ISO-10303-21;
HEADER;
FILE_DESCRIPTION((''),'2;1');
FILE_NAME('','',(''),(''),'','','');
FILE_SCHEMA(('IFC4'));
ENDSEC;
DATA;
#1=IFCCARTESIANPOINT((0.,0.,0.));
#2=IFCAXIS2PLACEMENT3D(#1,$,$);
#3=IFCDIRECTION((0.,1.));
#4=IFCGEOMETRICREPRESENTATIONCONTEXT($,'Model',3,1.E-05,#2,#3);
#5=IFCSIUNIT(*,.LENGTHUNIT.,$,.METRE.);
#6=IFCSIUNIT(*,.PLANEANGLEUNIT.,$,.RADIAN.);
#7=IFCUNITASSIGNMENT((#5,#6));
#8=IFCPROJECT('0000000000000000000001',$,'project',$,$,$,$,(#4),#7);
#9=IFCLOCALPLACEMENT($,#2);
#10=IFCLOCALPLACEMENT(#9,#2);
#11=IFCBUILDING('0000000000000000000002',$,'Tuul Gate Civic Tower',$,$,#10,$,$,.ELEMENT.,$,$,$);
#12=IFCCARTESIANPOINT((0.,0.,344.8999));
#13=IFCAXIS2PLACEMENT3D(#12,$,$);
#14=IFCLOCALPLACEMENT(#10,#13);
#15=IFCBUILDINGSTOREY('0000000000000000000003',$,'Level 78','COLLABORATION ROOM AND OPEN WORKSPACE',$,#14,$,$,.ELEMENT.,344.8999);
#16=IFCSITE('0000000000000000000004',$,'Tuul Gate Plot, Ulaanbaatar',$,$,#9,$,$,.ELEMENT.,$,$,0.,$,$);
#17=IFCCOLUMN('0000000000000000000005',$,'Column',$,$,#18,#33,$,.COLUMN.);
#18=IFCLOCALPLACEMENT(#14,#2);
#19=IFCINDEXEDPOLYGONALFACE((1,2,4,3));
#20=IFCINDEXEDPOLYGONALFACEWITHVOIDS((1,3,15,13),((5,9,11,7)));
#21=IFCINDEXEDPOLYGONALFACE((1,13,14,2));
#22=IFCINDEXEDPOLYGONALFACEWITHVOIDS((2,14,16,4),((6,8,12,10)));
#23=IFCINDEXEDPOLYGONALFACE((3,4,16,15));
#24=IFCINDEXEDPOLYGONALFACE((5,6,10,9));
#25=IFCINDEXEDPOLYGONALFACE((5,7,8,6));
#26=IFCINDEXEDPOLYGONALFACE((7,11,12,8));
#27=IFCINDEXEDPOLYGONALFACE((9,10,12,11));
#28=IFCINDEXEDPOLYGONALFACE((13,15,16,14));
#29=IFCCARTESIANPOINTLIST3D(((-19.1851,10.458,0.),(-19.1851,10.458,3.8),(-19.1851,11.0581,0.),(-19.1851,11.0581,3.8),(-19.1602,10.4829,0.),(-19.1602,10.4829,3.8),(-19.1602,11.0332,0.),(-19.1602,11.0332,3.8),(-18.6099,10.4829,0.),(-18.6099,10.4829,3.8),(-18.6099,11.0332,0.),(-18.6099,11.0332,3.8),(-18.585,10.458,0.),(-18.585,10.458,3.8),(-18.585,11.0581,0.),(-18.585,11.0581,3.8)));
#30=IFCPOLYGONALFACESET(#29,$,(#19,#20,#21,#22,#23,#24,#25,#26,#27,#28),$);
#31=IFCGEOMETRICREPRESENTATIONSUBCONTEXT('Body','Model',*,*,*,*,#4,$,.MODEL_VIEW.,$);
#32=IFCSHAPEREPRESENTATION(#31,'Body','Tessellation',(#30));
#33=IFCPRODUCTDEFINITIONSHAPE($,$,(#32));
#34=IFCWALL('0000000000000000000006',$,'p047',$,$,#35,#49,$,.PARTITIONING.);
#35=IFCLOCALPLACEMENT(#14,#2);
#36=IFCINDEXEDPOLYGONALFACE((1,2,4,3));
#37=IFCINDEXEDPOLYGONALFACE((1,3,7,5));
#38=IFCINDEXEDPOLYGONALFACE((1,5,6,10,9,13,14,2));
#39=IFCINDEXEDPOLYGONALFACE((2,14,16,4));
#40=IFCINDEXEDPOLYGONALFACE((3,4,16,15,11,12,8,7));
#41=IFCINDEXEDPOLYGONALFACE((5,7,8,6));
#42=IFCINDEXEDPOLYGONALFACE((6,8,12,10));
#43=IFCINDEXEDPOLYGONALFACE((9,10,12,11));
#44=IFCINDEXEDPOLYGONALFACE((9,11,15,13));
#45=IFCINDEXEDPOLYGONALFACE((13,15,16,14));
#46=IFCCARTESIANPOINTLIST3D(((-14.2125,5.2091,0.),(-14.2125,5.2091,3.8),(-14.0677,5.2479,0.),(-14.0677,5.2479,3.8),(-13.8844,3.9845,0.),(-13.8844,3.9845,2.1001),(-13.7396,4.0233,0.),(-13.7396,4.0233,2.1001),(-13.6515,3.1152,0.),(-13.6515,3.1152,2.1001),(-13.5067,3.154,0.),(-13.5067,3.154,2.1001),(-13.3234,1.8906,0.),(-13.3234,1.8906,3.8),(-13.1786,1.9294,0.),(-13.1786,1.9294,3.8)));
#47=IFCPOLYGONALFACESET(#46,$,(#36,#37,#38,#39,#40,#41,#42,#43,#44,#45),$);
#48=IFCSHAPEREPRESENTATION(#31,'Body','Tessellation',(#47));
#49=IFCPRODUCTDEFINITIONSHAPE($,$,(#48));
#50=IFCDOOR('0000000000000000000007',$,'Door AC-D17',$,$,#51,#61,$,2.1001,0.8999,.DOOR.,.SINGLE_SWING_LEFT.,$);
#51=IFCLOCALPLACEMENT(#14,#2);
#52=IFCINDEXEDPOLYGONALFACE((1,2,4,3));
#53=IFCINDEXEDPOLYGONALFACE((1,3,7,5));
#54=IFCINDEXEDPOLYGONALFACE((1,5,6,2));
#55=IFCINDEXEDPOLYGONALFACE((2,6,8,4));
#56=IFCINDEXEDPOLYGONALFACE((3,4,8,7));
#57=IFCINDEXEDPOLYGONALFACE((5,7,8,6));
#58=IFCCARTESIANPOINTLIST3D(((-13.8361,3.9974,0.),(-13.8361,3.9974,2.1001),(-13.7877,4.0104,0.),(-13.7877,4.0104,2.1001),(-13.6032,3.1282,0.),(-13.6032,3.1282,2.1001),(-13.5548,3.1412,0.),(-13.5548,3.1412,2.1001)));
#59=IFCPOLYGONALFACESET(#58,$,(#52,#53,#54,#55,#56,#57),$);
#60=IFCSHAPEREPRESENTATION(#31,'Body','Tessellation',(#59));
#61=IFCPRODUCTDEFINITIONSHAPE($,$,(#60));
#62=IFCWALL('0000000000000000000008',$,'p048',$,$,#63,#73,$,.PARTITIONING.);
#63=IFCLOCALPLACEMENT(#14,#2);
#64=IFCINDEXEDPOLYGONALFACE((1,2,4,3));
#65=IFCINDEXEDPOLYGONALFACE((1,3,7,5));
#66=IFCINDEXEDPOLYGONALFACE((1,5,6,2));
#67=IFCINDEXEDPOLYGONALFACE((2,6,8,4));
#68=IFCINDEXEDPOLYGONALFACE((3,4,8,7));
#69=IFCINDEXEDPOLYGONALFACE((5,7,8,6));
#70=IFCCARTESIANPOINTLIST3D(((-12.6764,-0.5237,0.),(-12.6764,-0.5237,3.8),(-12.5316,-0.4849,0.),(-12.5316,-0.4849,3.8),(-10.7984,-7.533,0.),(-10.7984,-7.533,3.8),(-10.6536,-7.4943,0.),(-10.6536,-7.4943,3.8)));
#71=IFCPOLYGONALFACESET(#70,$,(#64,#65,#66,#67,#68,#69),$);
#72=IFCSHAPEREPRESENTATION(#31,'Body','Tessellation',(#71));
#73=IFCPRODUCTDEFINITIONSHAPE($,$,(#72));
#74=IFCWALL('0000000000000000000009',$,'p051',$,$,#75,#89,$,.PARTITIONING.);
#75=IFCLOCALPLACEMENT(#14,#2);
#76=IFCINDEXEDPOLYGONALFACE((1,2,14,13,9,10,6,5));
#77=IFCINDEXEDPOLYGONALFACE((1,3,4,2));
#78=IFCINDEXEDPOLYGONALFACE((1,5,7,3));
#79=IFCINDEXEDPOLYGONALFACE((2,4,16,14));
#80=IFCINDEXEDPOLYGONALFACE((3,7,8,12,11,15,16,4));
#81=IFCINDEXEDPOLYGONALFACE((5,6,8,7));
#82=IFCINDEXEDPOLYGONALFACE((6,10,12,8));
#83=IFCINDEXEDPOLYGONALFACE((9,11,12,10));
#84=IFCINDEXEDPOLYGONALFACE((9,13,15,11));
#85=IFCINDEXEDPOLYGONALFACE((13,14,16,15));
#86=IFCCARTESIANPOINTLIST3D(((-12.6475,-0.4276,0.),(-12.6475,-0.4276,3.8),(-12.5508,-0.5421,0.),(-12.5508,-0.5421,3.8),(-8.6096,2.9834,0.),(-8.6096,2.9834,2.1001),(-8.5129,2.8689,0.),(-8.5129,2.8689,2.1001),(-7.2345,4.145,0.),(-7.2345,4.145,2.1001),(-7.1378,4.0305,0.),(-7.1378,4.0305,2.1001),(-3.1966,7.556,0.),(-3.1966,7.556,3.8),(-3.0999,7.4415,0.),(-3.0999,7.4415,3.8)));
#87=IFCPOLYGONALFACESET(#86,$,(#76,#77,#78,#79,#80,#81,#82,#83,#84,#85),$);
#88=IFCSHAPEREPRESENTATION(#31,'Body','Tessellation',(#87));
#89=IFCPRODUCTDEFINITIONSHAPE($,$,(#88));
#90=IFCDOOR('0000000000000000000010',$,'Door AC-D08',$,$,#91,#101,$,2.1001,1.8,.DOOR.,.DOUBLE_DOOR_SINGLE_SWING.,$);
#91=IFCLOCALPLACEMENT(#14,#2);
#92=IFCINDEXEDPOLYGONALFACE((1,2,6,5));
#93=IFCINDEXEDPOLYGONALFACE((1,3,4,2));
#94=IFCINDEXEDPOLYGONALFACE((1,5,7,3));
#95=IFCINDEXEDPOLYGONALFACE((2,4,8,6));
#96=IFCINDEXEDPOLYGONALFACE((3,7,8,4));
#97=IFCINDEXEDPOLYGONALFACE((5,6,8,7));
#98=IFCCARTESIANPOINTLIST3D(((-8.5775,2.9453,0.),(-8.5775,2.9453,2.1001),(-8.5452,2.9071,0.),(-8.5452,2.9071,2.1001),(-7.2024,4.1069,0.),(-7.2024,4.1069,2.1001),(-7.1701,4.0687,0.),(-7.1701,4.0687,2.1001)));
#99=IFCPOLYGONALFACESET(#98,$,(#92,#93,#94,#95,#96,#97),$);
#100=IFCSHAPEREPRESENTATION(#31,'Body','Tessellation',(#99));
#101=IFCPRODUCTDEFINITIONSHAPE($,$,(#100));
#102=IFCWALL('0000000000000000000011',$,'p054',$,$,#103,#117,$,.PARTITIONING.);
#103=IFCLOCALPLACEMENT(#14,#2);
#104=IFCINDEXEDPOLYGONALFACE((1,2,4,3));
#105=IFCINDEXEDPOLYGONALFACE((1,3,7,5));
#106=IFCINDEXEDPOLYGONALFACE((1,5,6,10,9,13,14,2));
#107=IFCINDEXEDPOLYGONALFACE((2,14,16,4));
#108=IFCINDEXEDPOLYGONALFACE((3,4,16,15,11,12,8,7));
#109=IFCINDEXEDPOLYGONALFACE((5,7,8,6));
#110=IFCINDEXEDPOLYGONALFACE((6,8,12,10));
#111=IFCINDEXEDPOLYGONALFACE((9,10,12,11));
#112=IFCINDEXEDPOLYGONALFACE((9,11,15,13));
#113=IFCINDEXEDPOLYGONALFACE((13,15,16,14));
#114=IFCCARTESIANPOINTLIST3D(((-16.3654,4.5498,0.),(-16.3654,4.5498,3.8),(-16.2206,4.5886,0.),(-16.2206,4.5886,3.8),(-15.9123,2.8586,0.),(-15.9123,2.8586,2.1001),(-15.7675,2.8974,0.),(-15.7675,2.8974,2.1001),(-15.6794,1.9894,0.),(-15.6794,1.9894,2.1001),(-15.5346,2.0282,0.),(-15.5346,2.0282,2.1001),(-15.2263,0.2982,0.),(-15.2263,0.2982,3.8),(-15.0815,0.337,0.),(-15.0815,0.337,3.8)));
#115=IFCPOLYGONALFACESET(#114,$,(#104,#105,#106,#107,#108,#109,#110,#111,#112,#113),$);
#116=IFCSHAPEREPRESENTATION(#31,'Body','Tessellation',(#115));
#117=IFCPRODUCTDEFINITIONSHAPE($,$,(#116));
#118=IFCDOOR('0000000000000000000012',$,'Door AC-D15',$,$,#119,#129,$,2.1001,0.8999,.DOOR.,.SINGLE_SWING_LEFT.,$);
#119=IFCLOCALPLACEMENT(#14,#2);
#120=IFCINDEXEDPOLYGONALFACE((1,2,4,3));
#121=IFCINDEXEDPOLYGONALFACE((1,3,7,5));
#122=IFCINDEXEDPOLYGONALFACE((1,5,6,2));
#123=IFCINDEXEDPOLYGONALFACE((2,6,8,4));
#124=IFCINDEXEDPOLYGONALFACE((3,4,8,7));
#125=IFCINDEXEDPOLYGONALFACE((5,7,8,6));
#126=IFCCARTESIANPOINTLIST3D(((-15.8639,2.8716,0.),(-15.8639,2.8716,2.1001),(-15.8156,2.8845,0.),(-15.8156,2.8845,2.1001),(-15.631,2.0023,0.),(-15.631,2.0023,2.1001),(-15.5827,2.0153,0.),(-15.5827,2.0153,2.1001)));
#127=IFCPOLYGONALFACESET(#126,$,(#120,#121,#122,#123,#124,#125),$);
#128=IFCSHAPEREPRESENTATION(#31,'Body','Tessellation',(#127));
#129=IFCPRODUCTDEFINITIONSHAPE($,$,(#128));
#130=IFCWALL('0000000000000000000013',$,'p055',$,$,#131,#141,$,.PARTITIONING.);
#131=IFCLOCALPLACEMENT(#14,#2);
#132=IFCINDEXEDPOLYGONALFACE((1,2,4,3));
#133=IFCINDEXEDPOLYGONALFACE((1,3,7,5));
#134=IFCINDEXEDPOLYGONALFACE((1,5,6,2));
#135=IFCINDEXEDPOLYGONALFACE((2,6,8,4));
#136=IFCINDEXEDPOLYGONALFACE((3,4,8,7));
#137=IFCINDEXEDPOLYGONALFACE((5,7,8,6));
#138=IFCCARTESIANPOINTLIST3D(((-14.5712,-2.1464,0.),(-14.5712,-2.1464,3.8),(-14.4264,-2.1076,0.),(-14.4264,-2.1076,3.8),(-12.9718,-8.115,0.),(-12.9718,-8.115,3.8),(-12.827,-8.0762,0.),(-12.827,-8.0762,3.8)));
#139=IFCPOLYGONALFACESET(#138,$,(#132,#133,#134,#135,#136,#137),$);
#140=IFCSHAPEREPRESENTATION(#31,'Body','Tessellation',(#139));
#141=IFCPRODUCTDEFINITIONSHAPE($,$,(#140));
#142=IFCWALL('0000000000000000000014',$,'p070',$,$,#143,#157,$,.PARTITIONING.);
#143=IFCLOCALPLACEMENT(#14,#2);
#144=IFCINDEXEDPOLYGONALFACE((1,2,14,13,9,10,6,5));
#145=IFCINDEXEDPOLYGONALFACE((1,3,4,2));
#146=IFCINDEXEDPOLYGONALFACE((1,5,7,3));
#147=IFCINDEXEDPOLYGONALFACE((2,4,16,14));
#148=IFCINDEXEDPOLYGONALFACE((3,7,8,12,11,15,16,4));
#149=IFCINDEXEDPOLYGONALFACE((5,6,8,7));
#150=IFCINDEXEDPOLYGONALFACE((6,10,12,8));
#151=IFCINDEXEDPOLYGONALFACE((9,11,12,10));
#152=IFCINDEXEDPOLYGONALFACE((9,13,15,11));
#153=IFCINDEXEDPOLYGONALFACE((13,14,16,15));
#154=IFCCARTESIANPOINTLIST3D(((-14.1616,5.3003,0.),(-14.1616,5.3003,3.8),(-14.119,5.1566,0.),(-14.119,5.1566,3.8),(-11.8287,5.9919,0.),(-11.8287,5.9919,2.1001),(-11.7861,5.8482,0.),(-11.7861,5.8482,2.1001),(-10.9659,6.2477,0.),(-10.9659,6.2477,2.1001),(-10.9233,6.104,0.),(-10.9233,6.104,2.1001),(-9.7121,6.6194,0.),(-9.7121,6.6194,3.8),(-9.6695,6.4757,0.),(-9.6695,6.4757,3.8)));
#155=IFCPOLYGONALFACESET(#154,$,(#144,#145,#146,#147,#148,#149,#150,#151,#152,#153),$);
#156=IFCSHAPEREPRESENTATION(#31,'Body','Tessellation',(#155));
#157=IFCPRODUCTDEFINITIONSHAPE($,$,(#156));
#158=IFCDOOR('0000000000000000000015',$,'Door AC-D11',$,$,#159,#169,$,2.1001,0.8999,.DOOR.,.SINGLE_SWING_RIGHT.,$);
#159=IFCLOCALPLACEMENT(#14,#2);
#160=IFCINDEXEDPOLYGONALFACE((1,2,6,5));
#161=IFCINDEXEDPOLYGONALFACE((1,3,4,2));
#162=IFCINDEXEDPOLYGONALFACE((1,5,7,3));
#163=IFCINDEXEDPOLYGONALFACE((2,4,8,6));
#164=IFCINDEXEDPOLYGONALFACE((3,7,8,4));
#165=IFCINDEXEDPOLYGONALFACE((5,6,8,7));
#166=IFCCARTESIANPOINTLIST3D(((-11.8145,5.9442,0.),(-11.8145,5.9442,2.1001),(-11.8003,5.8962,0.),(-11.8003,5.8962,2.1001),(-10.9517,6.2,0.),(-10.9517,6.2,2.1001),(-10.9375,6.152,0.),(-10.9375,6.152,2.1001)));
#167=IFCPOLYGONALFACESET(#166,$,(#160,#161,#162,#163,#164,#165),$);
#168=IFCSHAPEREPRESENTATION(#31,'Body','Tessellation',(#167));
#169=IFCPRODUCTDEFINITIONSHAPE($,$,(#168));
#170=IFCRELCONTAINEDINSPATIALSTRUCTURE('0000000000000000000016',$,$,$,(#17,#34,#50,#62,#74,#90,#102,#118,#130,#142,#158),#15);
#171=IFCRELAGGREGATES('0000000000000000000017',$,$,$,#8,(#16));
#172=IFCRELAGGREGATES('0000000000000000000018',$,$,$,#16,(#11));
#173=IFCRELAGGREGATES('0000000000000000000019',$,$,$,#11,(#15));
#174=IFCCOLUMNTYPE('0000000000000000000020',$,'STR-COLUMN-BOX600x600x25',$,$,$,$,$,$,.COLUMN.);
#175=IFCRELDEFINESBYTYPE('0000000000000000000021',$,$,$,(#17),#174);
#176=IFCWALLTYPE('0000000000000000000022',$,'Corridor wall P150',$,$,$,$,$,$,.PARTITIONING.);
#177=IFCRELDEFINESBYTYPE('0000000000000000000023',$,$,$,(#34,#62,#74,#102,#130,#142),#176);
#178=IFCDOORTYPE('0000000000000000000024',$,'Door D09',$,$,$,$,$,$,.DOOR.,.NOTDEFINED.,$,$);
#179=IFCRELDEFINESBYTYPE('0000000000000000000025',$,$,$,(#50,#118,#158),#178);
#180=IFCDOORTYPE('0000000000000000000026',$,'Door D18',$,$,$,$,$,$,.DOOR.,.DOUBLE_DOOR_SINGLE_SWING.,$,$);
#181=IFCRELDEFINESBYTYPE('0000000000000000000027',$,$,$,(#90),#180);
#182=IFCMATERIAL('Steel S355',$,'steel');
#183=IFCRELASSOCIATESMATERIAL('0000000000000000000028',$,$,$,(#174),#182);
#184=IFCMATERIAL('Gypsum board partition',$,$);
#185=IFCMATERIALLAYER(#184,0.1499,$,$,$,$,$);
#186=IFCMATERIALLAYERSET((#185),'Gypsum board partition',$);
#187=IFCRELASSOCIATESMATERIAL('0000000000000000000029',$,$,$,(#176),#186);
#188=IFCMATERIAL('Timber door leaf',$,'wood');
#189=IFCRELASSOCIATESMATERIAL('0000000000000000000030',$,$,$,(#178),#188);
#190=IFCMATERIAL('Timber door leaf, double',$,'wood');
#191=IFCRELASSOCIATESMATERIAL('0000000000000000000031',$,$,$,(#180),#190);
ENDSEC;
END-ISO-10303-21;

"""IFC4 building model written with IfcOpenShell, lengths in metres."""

from ifc_helpers import new_model, si_unit, direction, frame, frame_2d, origin, origin_2d, place, context, subcontext, project, spatial, rectangle, hollow_rectangle, extrude, material, layer, layer_set, material_profile, profile_set, type_object, element, fill, save


model = new_model("IFC4")

# Units and contexts
model_context = context("Model", 3, precision=1e-05, world=origin(), true_north=direction((0.0, 1.0)))
body_context = subcontext(model_context, "Body", "Model", "MODEL_VIEW")
ifc_project = project(units=[si_unit("LENGTHUNIT", "METRE"), si_unit("PLANEANGLEUNIT", "RADIAN")], contexts=[model_context])

# Site, building, storey
site_placement = place(None, origin())
site = spatial("IfcSite", under=ifc_project, at=site_placement, Name="Tuul Gate Plot, Ulaanbaatar", CompositionType="ELEMENT", RefElevation=0.0)
building_placement = place(site_placement, origin())
building = spatial("IfcBuilding", under=site, at=building_placement, Name="Tuul Gate Civic Tower", CompositionType="ELEMENT")
storey_placement = place(building_placement, frame((0.0, 0.0, 344.8999)))
storey = spatial("IfcBuildingStorey", under=building, at=storey_placement, Name="Level 78", Description="COLLABORATION ROOM AND OPEN WORKSPACE", CompositionType="ELEMENT", Elevation=344.8999)

# Column
ifc_material_1 = material(Name="Steel S355", Category="steel")
ifc_material_profile_1 = material_profile(ifc_material_1, hollow_rectangle(XDim=0.6001, YDim=0.6001, WallThickness=0.0249, at=origin_2d()), Name="BOX600x600x25")
ifc_profile_set_1 = profile_set([ifc_material_profile_1], Name="Steel S355")
column_type = type_object("IfcColumnType", Name="STR-COLUMN-BOX600x600x25", PredefinedType="COLUMN", material=ifc_profile_set_1)
column_placement = place(storey_placement, frame((-18.885, 10.7581, 0.0), z_axis=(0.0, 0.0, 1.0), x_axis=(1.0, 0.0, 0.0)))
element("IfcColumn", 1, at=column_placement, inside=storey, type_object=column_type, Name="Column", PredefinedType="COLUMN", context=body_context, shape_type="SweptSolid", body=[
    extrude(hollow_rectangle(XDim=0.6001, YDim=0.6001, WallThickness=0.0249, at=origin_2d()), origin(), (0.0, 0.0, 1.0), 3.8),
])

# Wall, opening, door
ifc_material_2 = material(Name="Gypsum board partition")
ifc_layer_1 = layer(ifc_material_2, 0.1499)
ifc_layer_set_1 = layer_set([ifc_layer_1], Name="Gypsum board partition")
wall_type_1 = type_object("IfcWallType", Name="Corridor wall P150", PredefinedType="PARTITIONING", material=ifc_layer_set_1)
wall_1_placement = place(storey_placement, frame((-14.1401, 5.2285, 0.0), z_axis=(0.0, 0.0, 1.0), x_axis=(0.258804, -0.96593, 0.0)))
wall_1 = element("IfcWall", 2, at=wall_1_placement, inside=storey, type_object=wall_type_1, Name="p047", PredefinedType="PARTITIONING", context=body_context, shape_type="SweptSolid", body=[
    extrude(rectangle(XDim=3.4355, YDim=0.1499, at=frame_2d((1.7178, 0.0))), origin(), (0.0, 0.0, 1.0), 3.8),
])
opening_1_placement = place(wall_1_placement, frame((1.2678, 0.0, 0.0)))
opening_1 = element("IfcOpeningElement", 3, at=opening_1_placement, cuts=wall_1, PredefinedType="OPENING", context=body_context, shape_type="SweptSolid", body=[
    extrude(rectangle(XDim=0.8999, YDim=2.1001, at=frame_2d((0.45, 1.05))), frame((0.0, 0.085, 0.0), z_axis=(0.0, -1.0, 0.0), x_axis=(1.0, 0.0, 0.0)), (0.0, 0.0, 1.0), 0.1699),
])
ifc_material_3 = material(Name="Timber door leaf", Category="wood")
door_type_1 = type_object("IfcDoorType", Name="Door D09", OperationType="NOTDEFINED", PredefinedType="DOOR", material=ifc_material_3)
door_1_placement = place(opening_1_placement, frame((0.8999, 0.0, 0.0), z_axis=(0.0, 0.0, 1.0), x_axis=(-1.0, 0.0, 0.0)))
door_1 = element("IfcDoor", 4, at=door_1_placement, inside=storey, type_object=door_type_1, Name="Door AC-D17", OperationType="SINGLE_SWING_LEFT", OverallHeight=2.1001, OverallWidth=0.8999, PredefinedType="DOOR", context=body_context, shape_type="SweptSolid", body=[
    extrude(rectangle(XDim=0.8999, YDim=2.1001, at=frame_2d((0.45, 1.05))), frame((0.0, 0.0249, 0.0), z_axis=(0.0, -1.0, 0.0), x_axis=(1.0, 0.0, 0.0)), (0.0, 0.0, 1.0), 0.05),
])
fill(opening_1, door_1)

# Wall
wall_2_placement = place(storey_placement, frame((-12.604, -0.5042, 0.0), z_axis=(0.0, 0.0, 1.0), x_axis=(0.258793, -0.965933, 0.0)))
element("IfcWall", 5, at=wall_2_placement, inside=storey, type_object=wall_type_1, Name="p048", PredefinedType="PARTITIONING", context=body_context, shape_type="SweptSolid", body=[
    extrude(rectangle(XDim=7.2566, YDim=0.1499, at=frame_2d((3.6284, 0.0))), origin(), (0.0, 0.0, 1.0), 3.8),
])

# Walls, openings, doors
wall_3_placement = place(storey_placement, frame((-12.5991, -0.4849, 0.0), z_axis=(0.0, 0.0, 1.0), x_axis=(0.763916, 0.645316, 0.0)))
wall_3 = element("IfcWall", 6, at=wall_3_placement, inside=storey, type_object=wall_type_1, Name="p051", PredefinedType="PARTITIONING", context=body_context, shape_type="SweptSolid", body=[
    extrude(rectangle(XDim=12.3716, YDim=0.1499, at=frame_2d((6.1858, 0.0))), origin(), (0.0, 0.0, 1.0), 3.8),
])
opening_2_placement = place(wall_3_placement, frame((5.2859, 0.0, 0.0)))
opening_2 = element("IfcOpeningElement", 7, at=opening_2_placement, cuts=wall_3, PredefinedType="OPENING", context=body_context, shape_type="SweptSolid", body=[
    extrude(rectangle(XDim=1.8, YDim=2.1001, at=frame_2d((0.8999, 1.05))), frame((0.0, 0.085, 0.0), z_axis=(0.0, -1.0, 0.0), x_axis=(1.0, 0.0, 0.0)), (0.0, 0.0, 1.0), 0.1699),
])
ifc_material_4 = material(Name="Timber door leaf, double", Category="wood")
door_type_2 = type_object("IfcDoorType", Name="Door D18", OperationType="DOUBLE_DOOR_SINGLE_SWING", PredefinedType="DOOR", material=ifc_material_4)
door_2_placement = place(opening_2_placement, frame((1.8, 0.0, 0.0), z_axis=(0.0, 0.0, 1.0), x_axis=(-1.0, 0.0, 0.0)))
door_2 = element("IfcDoor", 8, at=door_2_placement, inside=storey, type_object=door_type_2, Name="Door AC-D08", OperationType="DOUBLE_DOOR_SINGLE_SWING", OverallHeight=2.1001, OverallWidth=1.8, PredefinedType="DOOR", context=body_context, shape_type="SweptSolid", body=[
    extrude(rectangle(XDim=1.8, YDim=2.1001, at=frame_2d((0.9001, 1.05))), frame((0.0, 0.0249, 0.0), z_axis=(0.0, -1.0, 0.0), x_axis=(1.0, 0.0, 0.0)), (0.0, 0.0, 1.0), 0.05),
])
fill(opening_2, door_2)
wall_4_placement = place(storey_placement, frame((-16.293, 4.5691, 0.0), z_axis=(0.0, 0.0, 1.0), x_axis=(0.258802, -0.96593, 0.0)))
wall_4 = element("IfcWall", 9, at=wall_4_placement, inside=storey, type_object=wall_type_1, Name="p054", PredefinedType="PARTITIONING", context=body_context, shape_type="SweptSolid", body=[
    extrude(rectangle(XDim=4.4016, YDim=0.1499, at=frame_2d((2.2007, 0.0))), origin(), (0.0, 0.0, 1.0), 3.8),
])
opening_3_placement = place(wall_4_placement, frame((1.7507, 0.0, 0.0)))
opening_3 = element("IfcOpeningElement", 10, at=opening_3_placement, cuts=wall_4, PredefinedType="OPENING", context=body_context, shape_type="SweptSolid", body=[
    extrude(rectangle(XDim=0.8999, YDim=2.1001, at=frame_2d((0.45, 1.05))), frame((0.0, 0.085, 0.0), z_axis=(0.0, -1.0, 0.0), x_axis=(1.0, 0.0, 0.0)), (0.0, 0.0, 1.0), 0.1699),
])
door_3_placement = place(opening_3_placement, frame((0.8999, 0.0, 0.0), z_axis=(0.0, 0.0, 1.0), x_axis=(-1.0, 0.0, 0.0)))
door_3 = element("IfcDoor", 11, at=door_3_placement, inside=storey, type_object=door_type_1, Name="Door AC-D15", OperationType="SINGLE_SWING_LEFT", OverallHeight=2.1001, OverallWidth=0.8999, PredefinedType="DOOR", context=body_context, shape_type="SweptSolid", body=[
    extrude(rectangle(XDim=0.8999, YDim=2.1001, at=frame_2d((0.45, 1.05))), frame((0.0, 0.0249, 0.0), z_axis=(0.0, -1.0, 0.0), x_axis=(1.0, 0.0, 0.0)), (0.0, 0.0, 1.0), 0.05),
])
fill(opening_3, door_3)

# Wall
wall_5_placement = place(storey_placement, frame((-14.4988, -2.127, 0.0), z_axis=(0.0, 0.0, 1.0), x_axis=(0.258826, -0.965924, 0.0)))
element("IfcWall", 12, at=wall_5_placement, inside=storey, type_object=wall_type_1, Name="p055", PredefinedType="PARTITIONING", context=body_context, shape_type="SweptSolid", body=[
    extrude(rectangle(XDim=6.1792, YDim=0.1499, at=frame_2d((3.0896, 0.0))), origin(), (0.0, 0.0, 1.0), 3.8),
])

# Wall, opening, door
wall_6_placement = place(storey_placement, frame((-14.1401, 5.2285, 0.0), z_axis=(0.0, 0.0, 1.0), x_axis=(0.958755, 0.284233, 0.0)))
wall_6 = element("IfcWall", 13, at=wall_6_placement, inside=storey, type_object=wall_type_1, Name="p070", PredefinedType="PARTITIONING", context=body_context, shape_type="SweptSolid", body=[
    extrude(rectangle(XDim=4.6409, YDim=0.1499, at=frame_2d((2.3203, 0.0))), origin(), (0.0, 0.0, 1.0), 3.8),
])
opening_4_placement = place(wall_6_placement, frame((2.4331, 0.0, 0.0)))
opening_4 = element("IfcOpeningElement", 14, at=opening_4_placement, cuts=wall_6, PredefinedType="OPENING", context=body_context, shape_type="SweptSolid", body=[
    extrude(rectangle(XDim=0.8999, YDim=2.1001, at=frame_2d((0.45, 1.05))), frame((0.0, 0.085, 0.0), z_axis=(0.0, -1.0, 0.0), x_axis=(1.0, 0.0, 0.0)), (0.0, 0.0, 1.0), 0.1699),
])
door_4_placement = place(opening_4_placement, frame((0.8999, 0.0, 0.0), z_axis=(0.0, 0.0, 1.0), x_axis=(-1.0, 0.0, 0.0)))
door_4 = element("IfcDoor", 15, at=door_4_placement, inside=storey, type_object=door_type_1, Name="Door AC-D11", OperationType="SINGLE_SWING_RIGHT", OverallHeight=2.1001, OverallWidth=0.8999, PredefinedType="DOOR", context=body_context, shape_type="SweptSolid", body=[
    extrude(rectangle(XDim=0.8999, YDim=2.1001, at=frame_2d((0.45, 1.05))), frame((0.0, 0.0249, 0.0), z_axis=(0.0, -1.0, 0.0), x_axis=(1.0, 0.0, 0.0)), (0.0, 0.0, 1.0), 0.05),
])
fill(opening_4, door_4)

save(model, "model.ifc")
